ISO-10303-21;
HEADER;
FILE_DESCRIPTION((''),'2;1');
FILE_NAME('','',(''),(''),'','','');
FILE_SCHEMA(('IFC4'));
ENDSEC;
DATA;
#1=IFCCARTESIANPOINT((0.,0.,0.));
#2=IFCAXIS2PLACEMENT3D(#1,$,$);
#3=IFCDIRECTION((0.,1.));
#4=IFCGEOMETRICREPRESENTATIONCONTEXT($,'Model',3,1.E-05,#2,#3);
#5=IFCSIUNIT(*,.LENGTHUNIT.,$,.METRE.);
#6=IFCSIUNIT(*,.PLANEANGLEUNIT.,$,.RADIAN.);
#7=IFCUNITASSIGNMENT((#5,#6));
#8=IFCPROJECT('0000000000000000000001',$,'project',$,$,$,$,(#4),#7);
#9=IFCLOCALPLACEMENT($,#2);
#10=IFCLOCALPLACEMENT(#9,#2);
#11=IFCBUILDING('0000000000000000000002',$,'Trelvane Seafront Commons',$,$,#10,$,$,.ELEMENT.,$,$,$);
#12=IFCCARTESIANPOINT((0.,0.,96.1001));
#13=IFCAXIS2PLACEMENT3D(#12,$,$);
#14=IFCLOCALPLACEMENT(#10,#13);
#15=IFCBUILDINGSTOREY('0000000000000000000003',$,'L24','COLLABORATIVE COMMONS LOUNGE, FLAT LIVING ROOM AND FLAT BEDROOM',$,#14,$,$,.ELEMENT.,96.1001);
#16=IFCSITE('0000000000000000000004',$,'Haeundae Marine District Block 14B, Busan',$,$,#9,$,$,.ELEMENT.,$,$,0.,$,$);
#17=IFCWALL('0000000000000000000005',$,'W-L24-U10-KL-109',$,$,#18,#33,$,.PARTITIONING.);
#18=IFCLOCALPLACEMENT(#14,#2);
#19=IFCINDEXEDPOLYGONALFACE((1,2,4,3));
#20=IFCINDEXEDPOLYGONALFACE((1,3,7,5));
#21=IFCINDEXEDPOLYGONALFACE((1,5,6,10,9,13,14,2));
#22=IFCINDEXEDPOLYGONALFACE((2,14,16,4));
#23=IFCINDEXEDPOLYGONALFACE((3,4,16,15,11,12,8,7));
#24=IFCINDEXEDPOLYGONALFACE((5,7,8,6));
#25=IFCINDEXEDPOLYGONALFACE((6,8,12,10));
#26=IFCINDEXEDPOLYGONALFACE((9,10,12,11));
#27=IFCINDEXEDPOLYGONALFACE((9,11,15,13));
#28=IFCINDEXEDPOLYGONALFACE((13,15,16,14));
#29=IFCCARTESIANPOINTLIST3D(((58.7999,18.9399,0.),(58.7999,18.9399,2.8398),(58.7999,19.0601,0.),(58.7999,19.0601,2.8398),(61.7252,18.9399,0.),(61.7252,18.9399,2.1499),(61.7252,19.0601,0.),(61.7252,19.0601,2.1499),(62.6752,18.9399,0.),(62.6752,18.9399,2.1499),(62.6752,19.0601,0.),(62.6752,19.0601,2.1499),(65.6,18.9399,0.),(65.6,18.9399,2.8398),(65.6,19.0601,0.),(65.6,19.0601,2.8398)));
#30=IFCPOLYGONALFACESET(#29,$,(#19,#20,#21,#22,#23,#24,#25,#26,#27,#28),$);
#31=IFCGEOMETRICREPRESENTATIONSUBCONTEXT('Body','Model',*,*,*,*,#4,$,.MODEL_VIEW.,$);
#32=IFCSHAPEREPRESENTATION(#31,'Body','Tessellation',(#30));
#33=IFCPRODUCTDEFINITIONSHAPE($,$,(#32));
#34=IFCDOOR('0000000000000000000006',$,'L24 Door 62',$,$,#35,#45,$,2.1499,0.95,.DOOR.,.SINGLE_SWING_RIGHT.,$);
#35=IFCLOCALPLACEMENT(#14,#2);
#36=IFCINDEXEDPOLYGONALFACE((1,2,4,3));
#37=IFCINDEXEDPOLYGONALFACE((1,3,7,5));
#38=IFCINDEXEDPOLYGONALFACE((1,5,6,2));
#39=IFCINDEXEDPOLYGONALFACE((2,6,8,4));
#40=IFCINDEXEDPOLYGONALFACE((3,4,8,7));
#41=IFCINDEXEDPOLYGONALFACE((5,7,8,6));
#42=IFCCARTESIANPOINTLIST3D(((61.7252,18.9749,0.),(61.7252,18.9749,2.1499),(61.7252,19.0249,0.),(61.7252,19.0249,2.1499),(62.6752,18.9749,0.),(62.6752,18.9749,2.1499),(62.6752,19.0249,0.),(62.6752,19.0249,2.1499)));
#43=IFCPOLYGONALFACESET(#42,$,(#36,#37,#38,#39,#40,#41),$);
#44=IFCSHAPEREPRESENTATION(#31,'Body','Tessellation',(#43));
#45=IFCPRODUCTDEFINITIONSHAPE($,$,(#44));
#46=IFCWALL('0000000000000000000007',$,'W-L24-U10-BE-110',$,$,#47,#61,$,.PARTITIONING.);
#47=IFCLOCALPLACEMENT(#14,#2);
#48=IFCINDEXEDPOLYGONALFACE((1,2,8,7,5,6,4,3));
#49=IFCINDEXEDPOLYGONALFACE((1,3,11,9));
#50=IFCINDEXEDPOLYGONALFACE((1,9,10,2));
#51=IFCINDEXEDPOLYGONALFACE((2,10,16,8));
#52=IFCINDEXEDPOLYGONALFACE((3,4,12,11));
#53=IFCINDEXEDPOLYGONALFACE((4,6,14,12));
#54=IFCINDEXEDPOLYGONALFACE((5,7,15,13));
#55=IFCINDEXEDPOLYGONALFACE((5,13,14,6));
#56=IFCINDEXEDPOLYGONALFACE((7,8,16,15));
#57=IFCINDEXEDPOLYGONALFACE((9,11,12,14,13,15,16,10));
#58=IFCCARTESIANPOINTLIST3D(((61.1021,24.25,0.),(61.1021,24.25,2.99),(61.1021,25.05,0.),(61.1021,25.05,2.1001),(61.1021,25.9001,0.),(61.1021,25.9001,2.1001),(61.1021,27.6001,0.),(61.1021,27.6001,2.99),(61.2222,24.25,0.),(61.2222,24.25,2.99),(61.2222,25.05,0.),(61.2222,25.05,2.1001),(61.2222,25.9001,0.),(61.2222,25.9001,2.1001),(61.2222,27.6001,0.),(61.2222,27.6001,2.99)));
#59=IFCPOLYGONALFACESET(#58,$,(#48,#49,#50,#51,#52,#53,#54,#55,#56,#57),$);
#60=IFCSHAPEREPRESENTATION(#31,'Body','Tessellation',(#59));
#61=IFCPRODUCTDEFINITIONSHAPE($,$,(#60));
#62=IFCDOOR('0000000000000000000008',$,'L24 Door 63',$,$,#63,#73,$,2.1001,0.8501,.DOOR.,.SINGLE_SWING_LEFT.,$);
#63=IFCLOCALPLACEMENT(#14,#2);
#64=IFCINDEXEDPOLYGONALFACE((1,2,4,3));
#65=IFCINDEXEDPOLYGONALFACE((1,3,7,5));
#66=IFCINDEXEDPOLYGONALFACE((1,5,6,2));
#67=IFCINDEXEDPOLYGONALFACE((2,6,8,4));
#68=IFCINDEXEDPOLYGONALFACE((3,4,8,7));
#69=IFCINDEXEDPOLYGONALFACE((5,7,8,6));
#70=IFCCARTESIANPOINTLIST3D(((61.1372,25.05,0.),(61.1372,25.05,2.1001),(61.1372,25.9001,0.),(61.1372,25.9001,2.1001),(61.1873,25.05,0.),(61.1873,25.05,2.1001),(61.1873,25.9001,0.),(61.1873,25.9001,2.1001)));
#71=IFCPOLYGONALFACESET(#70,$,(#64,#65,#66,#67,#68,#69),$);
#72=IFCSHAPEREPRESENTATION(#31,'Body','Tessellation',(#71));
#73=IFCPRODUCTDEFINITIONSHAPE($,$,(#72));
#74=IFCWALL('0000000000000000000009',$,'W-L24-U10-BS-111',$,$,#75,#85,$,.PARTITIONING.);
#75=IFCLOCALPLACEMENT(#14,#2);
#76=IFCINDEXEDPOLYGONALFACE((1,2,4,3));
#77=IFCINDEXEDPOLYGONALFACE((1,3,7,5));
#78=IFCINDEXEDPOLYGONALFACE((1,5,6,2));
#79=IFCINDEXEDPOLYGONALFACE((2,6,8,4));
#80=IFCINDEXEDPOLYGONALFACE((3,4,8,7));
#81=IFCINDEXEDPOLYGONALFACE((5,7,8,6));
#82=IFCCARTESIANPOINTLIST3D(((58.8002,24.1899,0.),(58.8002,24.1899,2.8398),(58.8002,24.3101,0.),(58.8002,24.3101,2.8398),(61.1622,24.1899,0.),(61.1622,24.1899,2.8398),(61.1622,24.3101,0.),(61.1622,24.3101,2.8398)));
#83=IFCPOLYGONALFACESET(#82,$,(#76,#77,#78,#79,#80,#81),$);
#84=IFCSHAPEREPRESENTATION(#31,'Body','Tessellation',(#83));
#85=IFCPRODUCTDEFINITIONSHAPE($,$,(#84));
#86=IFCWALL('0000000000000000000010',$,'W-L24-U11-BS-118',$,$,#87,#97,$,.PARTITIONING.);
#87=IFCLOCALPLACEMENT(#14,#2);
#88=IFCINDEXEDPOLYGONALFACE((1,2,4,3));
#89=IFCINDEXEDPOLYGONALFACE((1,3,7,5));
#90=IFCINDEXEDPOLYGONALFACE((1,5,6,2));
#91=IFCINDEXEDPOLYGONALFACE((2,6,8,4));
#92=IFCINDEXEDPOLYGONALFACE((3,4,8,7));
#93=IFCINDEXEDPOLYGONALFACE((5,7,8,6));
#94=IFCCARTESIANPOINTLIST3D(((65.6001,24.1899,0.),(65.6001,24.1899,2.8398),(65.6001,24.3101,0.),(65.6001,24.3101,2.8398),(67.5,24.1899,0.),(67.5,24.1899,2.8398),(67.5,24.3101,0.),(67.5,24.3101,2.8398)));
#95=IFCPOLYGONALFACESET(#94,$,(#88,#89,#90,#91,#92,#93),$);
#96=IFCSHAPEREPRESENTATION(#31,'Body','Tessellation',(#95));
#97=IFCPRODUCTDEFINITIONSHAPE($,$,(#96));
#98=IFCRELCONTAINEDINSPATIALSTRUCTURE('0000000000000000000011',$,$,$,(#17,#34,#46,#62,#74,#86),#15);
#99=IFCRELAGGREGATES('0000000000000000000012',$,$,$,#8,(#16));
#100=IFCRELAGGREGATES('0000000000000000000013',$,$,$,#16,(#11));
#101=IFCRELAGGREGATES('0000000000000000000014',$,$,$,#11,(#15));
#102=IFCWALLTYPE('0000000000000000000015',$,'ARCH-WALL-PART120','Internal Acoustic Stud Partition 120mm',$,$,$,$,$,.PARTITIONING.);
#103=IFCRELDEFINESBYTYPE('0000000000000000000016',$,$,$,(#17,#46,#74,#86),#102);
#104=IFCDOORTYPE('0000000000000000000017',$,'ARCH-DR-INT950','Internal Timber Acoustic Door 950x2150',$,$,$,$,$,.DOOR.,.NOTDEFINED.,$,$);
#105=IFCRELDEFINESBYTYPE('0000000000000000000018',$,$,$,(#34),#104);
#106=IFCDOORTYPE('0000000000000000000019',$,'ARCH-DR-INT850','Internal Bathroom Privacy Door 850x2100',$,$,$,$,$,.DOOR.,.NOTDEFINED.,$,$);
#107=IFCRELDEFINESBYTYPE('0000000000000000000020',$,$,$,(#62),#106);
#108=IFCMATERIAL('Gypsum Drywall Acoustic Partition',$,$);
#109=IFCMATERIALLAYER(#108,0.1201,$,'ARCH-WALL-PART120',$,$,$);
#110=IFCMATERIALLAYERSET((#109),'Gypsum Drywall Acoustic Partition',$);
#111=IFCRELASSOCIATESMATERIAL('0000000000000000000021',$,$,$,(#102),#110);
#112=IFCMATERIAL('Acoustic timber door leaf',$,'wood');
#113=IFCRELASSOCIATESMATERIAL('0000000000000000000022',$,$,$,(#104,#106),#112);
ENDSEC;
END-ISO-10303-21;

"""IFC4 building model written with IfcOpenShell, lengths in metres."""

from ifc_helpers import new_model, si_unit, direction, frame, frame_2d, origin, place, context, subcontext, project, spatial, rectangle, extrude, source, transform, mapped, material, layer, layer_set, type_object, element, fill, save


model = new_model("IFC4")

# Units and contexts
model_context = context("Model", 3, precision=1e-05, world=origin(), true_north=direction((0.0, 1.0)))
body_context = subcontext(model_context, "Body", "Model", "MODEL_VIEW")
ifc_project = project(units=[si_unit("LENGTHUNIT", "METRE"), si_unit("PLANEANGLEUNIT", "RADIAN")], contexts=[model_context])

# Site, building, storey
site_placement = place(None, origin())
site = spatial("IfcSite", under=ifc_project, at=site_placement, Name="Haeundae Marine District Block 14B, Busan", CompositionType="ELEMENT", RefElevation=0.0)
building_placement = place(site_placement, origin())
building = spatial("IfcBuilding", under=site, at=building_placement, Name="Trelvane Seafront Commons", CompositionType="ELEMENT")
storey_placement = place(building_placement, frame((0.0, 0.0, 96.1001)))
storey = spatial("IfcBuildingStorey", under=building, at=storey_placement, Name="L24", Description="COLLABORATIVE COMMONS LOUNGE, FLAT LIVING ROOM AND FLAT BEDROOM", CompositionType="ELEMENT", Elevation=96.1001)

# Walls, openings, doors
ifc_material_1 = material(Name="Gypsum Drywall Acoustic Partition")
ifc_layer = layer(ifc_material_1, 0.1201, Name="ARCH-WALL-PART120")
ifc_layer_set = layer_set([ifc_layer], Name="Gypsum Drywall Acoustic Partition")
wall_type = type_object("IfcWallType", Name="ARCH-WALL-PART120", Description="Internal Acoustic Stud Partition 120mm", PredefinedType="PARTITIONING", material=ifc_layer_set)
wall_1_placement = place(storey_placement, frame((58.8, 19.0, 0.0), z_axis=(0.0, 0.0, 1.0), x_axis=(1.0, 0.0, 0.0)))
wall_1 = element("IfcWall", 1, at=wall_1_placement, inside=storey, type_object=wall_type, Name="W-L24-U10-KL-109", PredefinedType="PARTITIONING", context=body_context, shape_type="SweptSolid", body=[
    extrude(rectangle(XDim=6.8, YDim=0.1201, at=frame_2d((3.3999, 0.0))), origin(), (0.0, 0.0, 1.0), 2.8398),
])
opening_1_placement = place(wall_1_placement, frame((2.925, 0.0, 0.0)))
opening_1 = element("IfcOpeningElement", 2, at=opening_1_placement, cuts=wall_1, PredefinedType="OPENING", context=body_context, shape_type="SweptSolid", body=[
    extrude(rectangle(XDim=0.95, YDim=2.1499, at=frame_2d((0.4751, 1.075))), frame((0.0, 0.0701, 0.0), z_axis=(0.0, -1.0, 0.0), x_axis=(1.0, 0.0, 0.0)), (0.0, 0.0, 1.0), 0.1401),
])
ifc_material_2 = material(Name="Acoustic timber door leaf", Category="wood")
door_type_1 = type_object("IfcDoorType", Name="ARCH-DR-INT950", Description="Internal Timber Acoustic Door 950x2150", OperationType="NOTDEFINED", PredefinedType="DOOR", material=ifc_material_2)
shared_shape_1 = source(origin(), body_context, "Body", "SweptSolid", [
    extrude(rectangle(XDim=0.95, YDim=2.1499, at=frame_2d((0.4751, 1.075))), frame((0.0, 0.0249, 0.0), z_axis=(0.0, -1.0, 0.0), x_axis=(1.0, 0.0, 0.0)), (0.0, 0.0, 1.0), 0.05),
])
door_1_placement = place(opening_1_placement, origin())
door_1 = element("IfcDoor", 3, at=door_1_placement, inside=storey, type_object=door_type_1, Name="L24 Door 62", OperationType="SINGLE_SWING_RIGHT", OverallHeight=2.1499, OverallWidth=0.95, PredefinedType="DOOR", context=body_context, shape_type="MappedRepresentation", body=[
    mapped(shared_shape_1, transform((0.0, 0.0, 0.0), x_axis=(1.0, 0.0, 0.0), y_axis=(0.0, 1.0, 0.0), z_axis=(0.0, 0.0, 1.0), scale=1.0)),
])
fill(opening_1, door_1)
wall_2_placement = place(storey_placement, frame((61.1621, 24.25, 0.0), z_axis=(0.0, 0.0, 1.0), x_axis=(0.0, 1.0, 0.0)))
wall_2 = element("IfcWall", 4, at=wall_2_placement, inside=storey, type_object=wall_type, Name="W-L24-U10-BE-110", PredefinedType="PARTITIONING", context=body_context, shape_type="SweptSolid", body=[
    extrude(rectangle(XDim=3.3501, YDim=0.1201, at=frame_2d((1.675, 0.0))), origin(), (0.0, 0.0, 1.0), 2.99),
])
opening_2_placement = place(wall_2_placement, frame((0.8, 0.0, 0.0)))
opening_2 = element("IfcOpeningElement", 5, at=opening_2_placement, cuts=wall_2, PredefinedType="OPENING", context=body_context, shape_type="SweptSolid", body=[
    extrude(rectangle(XDim=0.8501, YDim=2.1001, at=frame_2d((0.425, 1.05))), frame((0.0, 0.0701, 0.0), z_axis=(0.0, -1.0, 0.0), x_axis=(1.0, 0.0, 0.0)), (0.0, 0.0, 1.0), 0.1401),
])
door_type_2 = type_object("IfcDoorType", Name="ARCH-DR-INT850", Description="Internal Bathroom Privacy Door 850x2100", OperationType="NOTDEFINED", PredefinedType="DOOR", material=ifc_material_2)
shared_shape_2 = source(origin(), body_context, "Body", "SweptSolid", [
    extrude(rectangle(XDim=0.8501, YDim=2.1001, at=frame_2d((0.425, 1.05))), frame((0.0, 0.0249, 0.0), z_axis=(0.0, -1.0, 0.0), x_axis=(1.0, 0.0, 0.0)), (0.0, 0.0, 1.0), 0.05),
])
door_2_placement = place(opening_2_placement, origin())
door_2 = element("IfcDoor", 6, at=door_2_placement, inside=storey, type_object=door_type_2, Name="L24 Door 63", OperationType="SINGLE_SWING_LEFT", OverallHeight=2.1001, OverallWidth=0.8501, PredefinedType="DOOR", context=body_context, shape_type="MappedRepresentation", body=[
    mapped(shared_shape_2, transform((0.0, 0.0, 0.0), x_axis=(1.0, 0.0, 0.0), y_axis=(0.0, 1.0, 0.0), z_axis=(0.0, 0.0, 1.0), scale=1.0)),
])
fill(opening_2, door_2)

# Wall
wall_3_placement = place(storey_placement, frame((58.8, 24.25, 0.0), z_axis=(0.0, 0.0, 1.0), x_axis=(1.0, 0.0, 0.0)))
element("IfcWall", 7, at=wall_3_placement, inside=storey, type_object=wall_type, Name="W-L24-U10-BS-111", PredefinedType="PARTITIONING", context=body_context, shape_type="SweptSolid", body=[
    extrude(rectangle(XDim=2.3621, YDim=0.1201, at=frame_2d((1.1812, 0.0))), origin(), (0.0, 0.0, 1.0), 2.8398),
])

# Wall
wall_4_placement = place(storey_placement, frame((65.6001, 24.25, 0.0), z_axis=(0.0, 0.0, 1.0), x_axis=(1.0, 0.0, 0.0)))
element("IfcWall", 8, at=wall_4_placement, inside=storey, type_object=wall_type, Name="W-L24-U11-BS-118", PredefinedType="PARTITIONING", context=body_context, shape_type="SweptSolid", body=[
    extrude(rectangle(XDim=1.8999, YDim=0.1201, at=frame_2d((0.95, 0.0))), origin(), (0.0, 0.0, 1.0), 2.8398),
])

save(model, "model.ifc")
